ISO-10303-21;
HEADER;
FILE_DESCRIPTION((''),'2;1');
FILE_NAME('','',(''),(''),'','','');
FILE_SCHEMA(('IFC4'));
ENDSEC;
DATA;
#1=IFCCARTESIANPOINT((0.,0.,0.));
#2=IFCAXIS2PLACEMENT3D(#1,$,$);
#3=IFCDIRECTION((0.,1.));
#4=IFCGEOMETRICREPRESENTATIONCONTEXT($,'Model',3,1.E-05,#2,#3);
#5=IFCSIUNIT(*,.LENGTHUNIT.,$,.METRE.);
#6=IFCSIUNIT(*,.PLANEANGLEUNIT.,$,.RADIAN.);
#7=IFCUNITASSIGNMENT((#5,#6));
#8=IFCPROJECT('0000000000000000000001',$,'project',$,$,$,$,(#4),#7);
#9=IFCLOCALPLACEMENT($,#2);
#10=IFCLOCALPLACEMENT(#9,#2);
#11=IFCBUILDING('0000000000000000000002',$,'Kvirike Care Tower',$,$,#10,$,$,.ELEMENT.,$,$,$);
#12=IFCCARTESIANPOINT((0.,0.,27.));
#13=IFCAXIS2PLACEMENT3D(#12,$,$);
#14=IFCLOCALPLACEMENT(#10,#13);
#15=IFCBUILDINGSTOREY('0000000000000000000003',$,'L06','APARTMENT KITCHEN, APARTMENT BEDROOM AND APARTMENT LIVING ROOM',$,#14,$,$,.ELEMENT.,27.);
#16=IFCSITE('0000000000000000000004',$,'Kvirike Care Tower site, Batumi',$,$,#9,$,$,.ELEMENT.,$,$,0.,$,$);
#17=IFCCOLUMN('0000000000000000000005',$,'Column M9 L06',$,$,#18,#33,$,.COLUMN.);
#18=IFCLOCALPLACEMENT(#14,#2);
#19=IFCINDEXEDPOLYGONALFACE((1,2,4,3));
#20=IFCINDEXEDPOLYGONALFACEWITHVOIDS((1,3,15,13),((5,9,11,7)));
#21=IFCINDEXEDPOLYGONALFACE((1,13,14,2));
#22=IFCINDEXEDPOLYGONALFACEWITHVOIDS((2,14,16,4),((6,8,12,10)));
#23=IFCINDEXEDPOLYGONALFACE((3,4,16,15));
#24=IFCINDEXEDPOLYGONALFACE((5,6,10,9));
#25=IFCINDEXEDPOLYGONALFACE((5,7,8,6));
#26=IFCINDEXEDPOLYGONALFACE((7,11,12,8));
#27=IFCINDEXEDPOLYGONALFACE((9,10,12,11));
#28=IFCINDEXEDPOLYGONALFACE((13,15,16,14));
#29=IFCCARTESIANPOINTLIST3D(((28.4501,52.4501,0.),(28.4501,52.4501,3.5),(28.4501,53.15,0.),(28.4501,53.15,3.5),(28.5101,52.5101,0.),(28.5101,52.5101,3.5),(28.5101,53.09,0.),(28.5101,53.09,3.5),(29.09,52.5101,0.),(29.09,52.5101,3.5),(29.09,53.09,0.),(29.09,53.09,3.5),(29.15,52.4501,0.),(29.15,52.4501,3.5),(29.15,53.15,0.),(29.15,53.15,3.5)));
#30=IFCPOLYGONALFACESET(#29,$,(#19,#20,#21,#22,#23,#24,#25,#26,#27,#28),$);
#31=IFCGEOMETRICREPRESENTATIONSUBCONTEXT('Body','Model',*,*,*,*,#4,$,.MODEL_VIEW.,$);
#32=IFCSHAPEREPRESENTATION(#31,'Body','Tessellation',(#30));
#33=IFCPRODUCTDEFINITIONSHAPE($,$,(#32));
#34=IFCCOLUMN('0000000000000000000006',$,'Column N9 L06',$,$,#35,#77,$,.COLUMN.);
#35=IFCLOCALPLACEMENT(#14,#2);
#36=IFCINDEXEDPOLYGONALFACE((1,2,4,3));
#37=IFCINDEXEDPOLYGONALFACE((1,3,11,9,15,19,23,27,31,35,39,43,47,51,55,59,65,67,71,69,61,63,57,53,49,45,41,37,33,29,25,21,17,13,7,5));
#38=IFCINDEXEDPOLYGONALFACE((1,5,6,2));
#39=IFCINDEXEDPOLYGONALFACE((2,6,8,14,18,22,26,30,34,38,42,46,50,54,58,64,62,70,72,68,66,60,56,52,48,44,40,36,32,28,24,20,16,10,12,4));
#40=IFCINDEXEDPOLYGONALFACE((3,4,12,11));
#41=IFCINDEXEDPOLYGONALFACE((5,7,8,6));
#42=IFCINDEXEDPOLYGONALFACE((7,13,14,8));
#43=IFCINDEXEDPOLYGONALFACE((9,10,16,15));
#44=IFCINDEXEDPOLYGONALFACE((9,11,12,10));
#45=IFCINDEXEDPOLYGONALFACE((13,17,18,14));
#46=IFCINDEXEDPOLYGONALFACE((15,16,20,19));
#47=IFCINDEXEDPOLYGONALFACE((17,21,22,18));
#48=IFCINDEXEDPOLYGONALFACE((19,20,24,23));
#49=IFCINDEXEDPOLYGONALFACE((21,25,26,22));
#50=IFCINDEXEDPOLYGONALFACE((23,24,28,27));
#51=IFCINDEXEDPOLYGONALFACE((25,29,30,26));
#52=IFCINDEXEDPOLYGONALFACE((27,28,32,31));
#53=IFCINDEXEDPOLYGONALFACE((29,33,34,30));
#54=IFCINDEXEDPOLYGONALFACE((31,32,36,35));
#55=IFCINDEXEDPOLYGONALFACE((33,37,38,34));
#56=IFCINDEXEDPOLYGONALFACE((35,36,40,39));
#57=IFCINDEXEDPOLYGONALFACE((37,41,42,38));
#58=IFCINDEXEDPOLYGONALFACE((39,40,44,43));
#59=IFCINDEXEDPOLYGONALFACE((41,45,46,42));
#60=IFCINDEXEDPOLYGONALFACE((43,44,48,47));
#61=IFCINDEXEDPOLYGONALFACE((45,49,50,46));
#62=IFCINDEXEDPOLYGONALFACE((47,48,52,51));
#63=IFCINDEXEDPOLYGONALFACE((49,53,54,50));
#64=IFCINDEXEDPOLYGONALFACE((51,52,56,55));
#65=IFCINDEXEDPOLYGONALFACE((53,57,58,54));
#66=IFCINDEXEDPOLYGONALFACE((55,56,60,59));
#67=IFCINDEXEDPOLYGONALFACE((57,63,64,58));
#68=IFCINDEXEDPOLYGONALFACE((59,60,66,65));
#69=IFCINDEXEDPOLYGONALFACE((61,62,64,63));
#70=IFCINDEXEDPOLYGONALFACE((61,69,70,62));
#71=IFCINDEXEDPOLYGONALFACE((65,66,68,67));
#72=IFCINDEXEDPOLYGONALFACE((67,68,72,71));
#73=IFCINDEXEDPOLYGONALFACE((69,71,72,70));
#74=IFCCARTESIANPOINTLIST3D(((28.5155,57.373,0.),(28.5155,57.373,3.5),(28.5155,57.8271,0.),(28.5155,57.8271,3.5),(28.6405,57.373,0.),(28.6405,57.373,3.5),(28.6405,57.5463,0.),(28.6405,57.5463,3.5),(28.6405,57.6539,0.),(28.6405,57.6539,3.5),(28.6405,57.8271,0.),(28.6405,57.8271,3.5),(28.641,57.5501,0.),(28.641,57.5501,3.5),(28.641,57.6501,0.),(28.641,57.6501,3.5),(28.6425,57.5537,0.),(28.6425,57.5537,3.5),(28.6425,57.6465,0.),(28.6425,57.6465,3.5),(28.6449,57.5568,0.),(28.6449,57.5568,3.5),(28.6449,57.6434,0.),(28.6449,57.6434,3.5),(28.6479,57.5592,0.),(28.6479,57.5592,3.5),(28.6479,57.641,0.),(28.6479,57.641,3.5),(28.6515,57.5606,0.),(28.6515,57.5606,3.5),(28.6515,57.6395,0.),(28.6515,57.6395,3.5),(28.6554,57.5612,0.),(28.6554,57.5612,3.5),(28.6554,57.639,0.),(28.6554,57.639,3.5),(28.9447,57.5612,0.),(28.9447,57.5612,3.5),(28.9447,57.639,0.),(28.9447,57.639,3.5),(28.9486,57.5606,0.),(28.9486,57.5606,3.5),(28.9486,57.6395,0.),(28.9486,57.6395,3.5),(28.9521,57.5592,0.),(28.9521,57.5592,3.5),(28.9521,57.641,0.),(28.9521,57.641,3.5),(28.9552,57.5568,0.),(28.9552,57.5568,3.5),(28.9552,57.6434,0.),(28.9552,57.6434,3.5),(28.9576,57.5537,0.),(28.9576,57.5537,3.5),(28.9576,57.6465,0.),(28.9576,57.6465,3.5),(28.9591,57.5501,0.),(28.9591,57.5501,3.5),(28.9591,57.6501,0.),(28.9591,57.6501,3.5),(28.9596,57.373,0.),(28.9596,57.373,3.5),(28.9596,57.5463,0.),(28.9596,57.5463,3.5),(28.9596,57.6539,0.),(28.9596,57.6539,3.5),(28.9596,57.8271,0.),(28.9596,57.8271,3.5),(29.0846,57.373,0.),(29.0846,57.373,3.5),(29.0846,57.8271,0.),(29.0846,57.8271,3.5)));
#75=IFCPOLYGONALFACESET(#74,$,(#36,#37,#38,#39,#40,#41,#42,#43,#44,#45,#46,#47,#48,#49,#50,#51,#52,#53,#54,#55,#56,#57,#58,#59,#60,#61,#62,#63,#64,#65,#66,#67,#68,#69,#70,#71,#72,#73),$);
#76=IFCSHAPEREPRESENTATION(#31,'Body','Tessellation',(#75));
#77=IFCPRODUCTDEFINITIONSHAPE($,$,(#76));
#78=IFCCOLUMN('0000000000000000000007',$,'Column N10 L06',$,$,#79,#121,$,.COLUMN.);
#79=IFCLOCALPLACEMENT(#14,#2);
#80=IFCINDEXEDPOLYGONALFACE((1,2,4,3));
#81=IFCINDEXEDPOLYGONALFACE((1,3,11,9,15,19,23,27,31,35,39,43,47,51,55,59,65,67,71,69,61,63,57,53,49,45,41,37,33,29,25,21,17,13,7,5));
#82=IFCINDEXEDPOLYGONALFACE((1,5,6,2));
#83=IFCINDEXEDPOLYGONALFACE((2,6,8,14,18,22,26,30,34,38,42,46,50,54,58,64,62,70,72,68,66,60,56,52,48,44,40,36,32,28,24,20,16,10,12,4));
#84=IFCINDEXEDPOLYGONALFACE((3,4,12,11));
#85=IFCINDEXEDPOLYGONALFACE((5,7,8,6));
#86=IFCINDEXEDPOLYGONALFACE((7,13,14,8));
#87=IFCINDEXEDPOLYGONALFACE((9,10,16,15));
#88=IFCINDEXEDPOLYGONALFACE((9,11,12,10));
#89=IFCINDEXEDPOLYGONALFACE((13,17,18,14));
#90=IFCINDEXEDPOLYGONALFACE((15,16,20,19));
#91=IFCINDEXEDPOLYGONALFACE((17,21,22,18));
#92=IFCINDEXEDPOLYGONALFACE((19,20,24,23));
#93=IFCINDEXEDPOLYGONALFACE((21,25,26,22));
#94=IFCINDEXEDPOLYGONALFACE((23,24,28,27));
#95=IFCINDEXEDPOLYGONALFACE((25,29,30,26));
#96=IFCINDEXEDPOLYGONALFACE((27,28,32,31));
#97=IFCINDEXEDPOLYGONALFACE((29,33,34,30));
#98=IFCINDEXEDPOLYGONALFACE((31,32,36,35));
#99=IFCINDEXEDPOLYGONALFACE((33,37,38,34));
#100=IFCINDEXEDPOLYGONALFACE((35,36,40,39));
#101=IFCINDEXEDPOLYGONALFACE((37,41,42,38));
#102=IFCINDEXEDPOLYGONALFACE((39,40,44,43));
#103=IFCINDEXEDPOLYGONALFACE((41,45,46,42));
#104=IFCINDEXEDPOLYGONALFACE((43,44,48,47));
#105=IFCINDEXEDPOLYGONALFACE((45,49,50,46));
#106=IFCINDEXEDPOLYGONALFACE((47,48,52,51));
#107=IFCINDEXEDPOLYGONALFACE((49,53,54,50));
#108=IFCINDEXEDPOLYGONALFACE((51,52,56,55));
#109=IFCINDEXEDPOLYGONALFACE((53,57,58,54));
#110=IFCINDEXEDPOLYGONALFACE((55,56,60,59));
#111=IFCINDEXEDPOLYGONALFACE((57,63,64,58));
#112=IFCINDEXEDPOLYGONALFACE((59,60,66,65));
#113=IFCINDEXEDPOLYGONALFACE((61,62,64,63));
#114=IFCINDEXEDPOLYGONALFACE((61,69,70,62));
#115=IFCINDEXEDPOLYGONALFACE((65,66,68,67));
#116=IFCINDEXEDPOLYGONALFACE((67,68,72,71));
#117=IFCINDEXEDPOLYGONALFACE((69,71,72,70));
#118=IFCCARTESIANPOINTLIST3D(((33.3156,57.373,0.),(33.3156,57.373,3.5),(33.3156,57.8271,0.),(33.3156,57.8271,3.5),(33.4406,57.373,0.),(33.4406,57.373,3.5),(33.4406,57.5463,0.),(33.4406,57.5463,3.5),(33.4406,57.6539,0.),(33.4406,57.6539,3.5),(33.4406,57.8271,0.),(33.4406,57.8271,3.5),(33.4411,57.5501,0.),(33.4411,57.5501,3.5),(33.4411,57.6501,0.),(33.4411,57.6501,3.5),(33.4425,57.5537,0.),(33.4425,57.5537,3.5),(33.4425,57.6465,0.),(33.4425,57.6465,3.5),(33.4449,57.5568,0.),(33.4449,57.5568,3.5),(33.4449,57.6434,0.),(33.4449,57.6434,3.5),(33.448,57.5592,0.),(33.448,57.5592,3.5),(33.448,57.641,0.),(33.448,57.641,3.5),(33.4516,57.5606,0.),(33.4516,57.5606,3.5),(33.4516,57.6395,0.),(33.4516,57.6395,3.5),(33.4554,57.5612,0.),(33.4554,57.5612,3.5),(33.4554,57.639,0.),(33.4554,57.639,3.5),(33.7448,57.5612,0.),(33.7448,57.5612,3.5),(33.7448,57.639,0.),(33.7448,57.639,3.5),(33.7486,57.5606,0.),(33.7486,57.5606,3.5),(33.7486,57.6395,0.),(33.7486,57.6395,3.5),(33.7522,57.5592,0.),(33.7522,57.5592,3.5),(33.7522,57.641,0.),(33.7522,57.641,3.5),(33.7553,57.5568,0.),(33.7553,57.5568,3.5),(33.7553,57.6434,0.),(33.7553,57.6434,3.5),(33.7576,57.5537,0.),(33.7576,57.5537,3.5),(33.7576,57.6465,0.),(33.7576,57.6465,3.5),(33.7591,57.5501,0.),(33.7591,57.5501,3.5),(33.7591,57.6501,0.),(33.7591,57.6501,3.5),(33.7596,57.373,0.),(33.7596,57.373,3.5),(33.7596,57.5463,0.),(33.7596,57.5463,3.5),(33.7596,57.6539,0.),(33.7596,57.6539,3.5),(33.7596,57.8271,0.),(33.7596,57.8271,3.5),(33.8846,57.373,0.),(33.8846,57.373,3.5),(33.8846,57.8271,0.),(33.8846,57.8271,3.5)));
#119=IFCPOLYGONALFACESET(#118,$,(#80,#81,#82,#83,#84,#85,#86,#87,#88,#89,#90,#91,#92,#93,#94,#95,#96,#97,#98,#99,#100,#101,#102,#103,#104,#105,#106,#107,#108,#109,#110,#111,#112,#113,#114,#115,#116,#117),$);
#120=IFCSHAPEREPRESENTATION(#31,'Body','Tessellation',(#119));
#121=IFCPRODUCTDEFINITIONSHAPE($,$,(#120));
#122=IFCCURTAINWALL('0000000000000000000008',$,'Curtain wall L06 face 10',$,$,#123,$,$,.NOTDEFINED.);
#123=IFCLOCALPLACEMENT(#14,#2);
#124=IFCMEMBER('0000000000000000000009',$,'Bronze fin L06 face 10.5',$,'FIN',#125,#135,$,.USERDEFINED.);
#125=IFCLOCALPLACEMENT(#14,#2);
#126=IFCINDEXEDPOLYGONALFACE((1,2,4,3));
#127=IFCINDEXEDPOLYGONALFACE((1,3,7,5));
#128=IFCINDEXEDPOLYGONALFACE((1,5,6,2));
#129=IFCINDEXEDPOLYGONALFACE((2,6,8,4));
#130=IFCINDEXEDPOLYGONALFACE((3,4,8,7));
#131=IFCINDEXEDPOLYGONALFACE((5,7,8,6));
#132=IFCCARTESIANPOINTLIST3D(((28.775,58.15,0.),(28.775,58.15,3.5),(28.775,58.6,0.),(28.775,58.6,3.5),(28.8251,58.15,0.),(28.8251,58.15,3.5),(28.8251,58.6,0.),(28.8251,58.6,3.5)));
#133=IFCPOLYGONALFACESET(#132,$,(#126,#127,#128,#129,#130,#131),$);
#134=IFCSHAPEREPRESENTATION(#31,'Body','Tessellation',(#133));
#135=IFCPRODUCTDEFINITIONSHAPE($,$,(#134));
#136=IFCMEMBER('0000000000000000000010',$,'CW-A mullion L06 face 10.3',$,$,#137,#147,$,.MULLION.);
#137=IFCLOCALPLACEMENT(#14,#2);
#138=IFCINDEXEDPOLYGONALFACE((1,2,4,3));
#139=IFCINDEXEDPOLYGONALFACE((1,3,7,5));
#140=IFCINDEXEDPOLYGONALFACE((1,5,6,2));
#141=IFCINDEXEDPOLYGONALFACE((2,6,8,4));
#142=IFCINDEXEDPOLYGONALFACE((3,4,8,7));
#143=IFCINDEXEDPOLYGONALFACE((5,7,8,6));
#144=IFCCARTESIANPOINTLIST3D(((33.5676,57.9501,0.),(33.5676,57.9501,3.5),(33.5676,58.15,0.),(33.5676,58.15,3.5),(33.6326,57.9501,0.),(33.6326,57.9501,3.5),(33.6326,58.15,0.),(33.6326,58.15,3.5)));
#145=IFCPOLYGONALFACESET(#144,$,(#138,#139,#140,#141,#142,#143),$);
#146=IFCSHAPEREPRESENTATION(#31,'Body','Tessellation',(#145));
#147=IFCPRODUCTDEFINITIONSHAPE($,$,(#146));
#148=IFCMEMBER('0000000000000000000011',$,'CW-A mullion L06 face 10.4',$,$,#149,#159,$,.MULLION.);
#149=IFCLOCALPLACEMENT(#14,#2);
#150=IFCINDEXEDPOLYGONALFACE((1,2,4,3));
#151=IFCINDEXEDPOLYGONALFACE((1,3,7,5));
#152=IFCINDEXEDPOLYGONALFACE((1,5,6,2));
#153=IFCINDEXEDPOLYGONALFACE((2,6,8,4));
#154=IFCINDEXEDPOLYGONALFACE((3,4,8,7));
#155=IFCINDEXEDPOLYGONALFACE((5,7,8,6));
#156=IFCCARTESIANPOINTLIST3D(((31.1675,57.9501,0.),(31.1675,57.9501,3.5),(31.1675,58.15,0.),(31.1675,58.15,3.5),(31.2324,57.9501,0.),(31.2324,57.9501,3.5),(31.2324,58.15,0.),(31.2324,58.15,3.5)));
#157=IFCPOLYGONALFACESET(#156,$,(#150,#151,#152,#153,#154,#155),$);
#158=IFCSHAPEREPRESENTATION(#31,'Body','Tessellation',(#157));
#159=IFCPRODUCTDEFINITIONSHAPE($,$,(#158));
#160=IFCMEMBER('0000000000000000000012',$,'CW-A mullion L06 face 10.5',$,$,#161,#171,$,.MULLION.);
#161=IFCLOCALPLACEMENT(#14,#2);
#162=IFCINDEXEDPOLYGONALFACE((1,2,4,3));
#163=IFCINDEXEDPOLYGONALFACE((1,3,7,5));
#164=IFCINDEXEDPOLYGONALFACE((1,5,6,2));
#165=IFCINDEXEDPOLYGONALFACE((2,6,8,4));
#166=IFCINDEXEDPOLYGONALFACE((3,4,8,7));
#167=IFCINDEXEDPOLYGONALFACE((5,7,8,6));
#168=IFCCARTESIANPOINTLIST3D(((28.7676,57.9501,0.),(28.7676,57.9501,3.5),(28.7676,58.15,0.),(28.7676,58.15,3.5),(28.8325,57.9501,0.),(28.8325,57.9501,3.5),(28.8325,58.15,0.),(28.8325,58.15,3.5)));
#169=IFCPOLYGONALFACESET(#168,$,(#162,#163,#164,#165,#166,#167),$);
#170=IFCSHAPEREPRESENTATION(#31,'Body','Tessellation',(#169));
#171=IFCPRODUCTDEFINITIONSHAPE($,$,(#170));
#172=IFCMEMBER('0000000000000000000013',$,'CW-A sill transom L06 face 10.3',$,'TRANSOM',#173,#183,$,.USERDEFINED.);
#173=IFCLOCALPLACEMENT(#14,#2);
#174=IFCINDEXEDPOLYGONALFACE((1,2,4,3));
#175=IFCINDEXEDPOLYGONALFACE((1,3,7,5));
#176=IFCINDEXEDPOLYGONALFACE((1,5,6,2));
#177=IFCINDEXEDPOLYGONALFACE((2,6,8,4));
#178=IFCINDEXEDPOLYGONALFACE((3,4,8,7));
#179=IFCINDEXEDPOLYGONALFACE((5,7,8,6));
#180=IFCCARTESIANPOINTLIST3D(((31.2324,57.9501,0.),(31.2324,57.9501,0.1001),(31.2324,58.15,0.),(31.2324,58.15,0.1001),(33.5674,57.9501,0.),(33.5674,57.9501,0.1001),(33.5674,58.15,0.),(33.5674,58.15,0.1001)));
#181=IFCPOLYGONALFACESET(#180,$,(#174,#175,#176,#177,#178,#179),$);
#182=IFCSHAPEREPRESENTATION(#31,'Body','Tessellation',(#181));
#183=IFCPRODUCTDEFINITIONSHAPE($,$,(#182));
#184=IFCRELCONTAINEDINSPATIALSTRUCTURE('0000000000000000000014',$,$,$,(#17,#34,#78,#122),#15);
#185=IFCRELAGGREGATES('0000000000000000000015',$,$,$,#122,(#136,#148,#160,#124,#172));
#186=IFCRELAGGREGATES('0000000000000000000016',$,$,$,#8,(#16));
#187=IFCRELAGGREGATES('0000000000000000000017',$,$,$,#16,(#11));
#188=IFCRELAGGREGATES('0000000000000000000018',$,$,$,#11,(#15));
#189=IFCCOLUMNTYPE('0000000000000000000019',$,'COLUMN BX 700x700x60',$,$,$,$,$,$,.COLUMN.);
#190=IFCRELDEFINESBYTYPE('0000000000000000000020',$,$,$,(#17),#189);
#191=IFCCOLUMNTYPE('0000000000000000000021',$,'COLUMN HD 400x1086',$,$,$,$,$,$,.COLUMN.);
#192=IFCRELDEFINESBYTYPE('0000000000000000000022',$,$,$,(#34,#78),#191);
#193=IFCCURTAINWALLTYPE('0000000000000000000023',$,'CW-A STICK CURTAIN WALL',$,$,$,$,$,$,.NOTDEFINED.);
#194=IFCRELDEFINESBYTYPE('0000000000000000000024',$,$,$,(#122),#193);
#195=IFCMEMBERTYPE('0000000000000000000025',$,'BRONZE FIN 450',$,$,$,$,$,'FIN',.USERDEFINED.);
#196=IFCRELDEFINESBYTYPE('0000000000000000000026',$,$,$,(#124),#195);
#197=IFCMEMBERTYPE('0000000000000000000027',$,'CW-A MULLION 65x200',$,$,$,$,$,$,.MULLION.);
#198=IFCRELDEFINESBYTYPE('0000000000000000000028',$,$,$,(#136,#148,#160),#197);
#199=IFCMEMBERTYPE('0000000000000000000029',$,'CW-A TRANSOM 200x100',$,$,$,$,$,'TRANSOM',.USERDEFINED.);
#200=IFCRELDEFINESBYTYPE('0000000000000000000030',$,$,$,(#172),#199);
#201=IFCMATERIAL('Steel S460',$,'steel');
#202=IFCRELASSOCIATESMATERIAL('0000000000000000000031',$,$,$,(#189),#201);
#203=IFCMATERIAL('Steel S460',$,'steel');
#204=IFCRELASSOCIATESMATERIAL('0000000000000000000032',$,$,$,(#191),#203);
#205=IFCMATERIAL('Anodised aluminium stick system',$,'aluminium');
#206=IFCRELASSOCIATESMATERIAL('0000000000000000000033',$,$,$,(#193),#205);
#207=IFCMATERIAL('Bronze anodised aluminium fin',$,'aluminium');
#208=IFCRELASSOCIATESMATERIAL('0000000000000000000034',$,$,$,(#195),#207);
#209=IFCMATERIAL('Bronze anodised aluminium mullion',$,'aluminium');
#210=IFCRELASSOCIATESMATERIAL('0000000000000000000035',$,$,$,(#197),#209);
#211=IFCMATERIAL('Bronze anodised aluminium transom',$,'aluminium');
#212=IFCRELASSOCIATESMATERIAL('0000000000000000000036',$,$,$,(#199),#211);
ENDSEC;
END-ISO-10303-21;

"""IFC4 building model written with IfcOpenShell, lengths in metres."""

from ifc_helpers import new_model, si_unit, direction, frame, origin, origin_2d, place, context, subcontext, project, spatial, rectangle, hollow_rectangle, i_section, extrude, material, material_profile, profile_set, type_object, element, aggregate, save


model = new_model("IFC4")

# Units and contexts
model_context = context("Model", 3, precision=1e-05, world=origin(), true_north=direction((0.0, 1.0)))
body_context = subcontext(model_context, "Body", "Model", "MODEL_VIEW")
ifc_project = project(units=[si_unit("LENGTHUNIT", "METRE"), si_unit("PLANEANGLEUNIT", "RADIAN")], contexts=[model_context])

# Site, building, storey
site_placement = place(None, origin())
site = spatial("IfcSite", under=ifc_project, at=site_placement, Name="Kvirike Care Tower site, Batumi", CompositionType="ELEMENT", RefElevation=0.0)
building_placement = place(site_placement, origin())
building = spatial("IfcBuilding", under=site, at=building_placement, Name="Kvirike Care Tower", CompositionType="ELEMENT")
storey_placement = place(building_placement, frame((0.0, 0.0, 27.0)))
storey = spatial("IfcBuildingStorey", under=building, at=storey_placement, Name="L06", Description="APARTMENT KITCHEN, APARTMENT BEDROOM AND APARTMENT LIVING ROOM", CompositionType="ELEMENT", Elevation=27.0)

# Columns
ifc_material_1 = material(Name="Steel S460", Category="steel")
ifc_material_profile_1 = material_profile(ifc_material_1, hollow_rectangle(XDim=0.7, YDim=0.7, WallThickness=0.0601, at=origin_2d()), Name="BX 700x700x60")
ifc_profile_set_1 = profile_set([ifc_material_profile_1], Name="Steel S460")
column_type_1 = type_object("IfcColumnType", Name="COLUMN BX 700x700x60", PredefinedType="COLUMN", material=ifc_profile_set_1)
column_placement = place(storey_placement, frame((28.8, 52.8, 0.0), z_axis=(0.0, 0.0, 1.0), x_axis=(1.0, 0.0, 0.0)))
element("IfcColumn", 1, at=column_placement, inside=storey, type_object=column_type_1, Name="Column M9 L06", PredefinedType="COLUMN", context=body_context, shape_type="SweptSolid", body=[
    extrude(hollow_rectangle(XDim=0.7, YDim=0.7, WallThickness=0.0601, at=origin_2d()), origin(), (0.0, 0.0, 1.0), 3.5),
])
ifc_material_2 = material(Name="Steel S460", Category="steel")
ifc_material_profile_2 = material_profile(ifc_material_2, i_section(OverallWidth=0.4541, OverallDepth=0.5691, WebThickness=0.0779, FlangeThickness=0.125, FilletRadius=0.0149, at=origin_2d()), Name="HD 400x1086")
ifc_profile_set_2 = profile_set([ifc_material_profile_2], Name="Steel S460")
column_type_2 = type_object("IfcColumnType", Name="COLUMN HD 400x1086", PredefinedType="COLUMN", material=ifc_profile_set_2)
for number, where, z_axis, x_axis, name in (
    (2, (28.8, 57.6001, 0.0), (0.0, 0.0, 1.0), (0.0, 1.0, 0.0), "Column N9 L06"),
    (3, (33.6001, 57.6001, 0.0), (0.0, 0.0, 1.0), (0.0, 1.0, 0.0), "Column N10 L06"),
):
    element("IfcColumn", number, at=place(storey_placement, frame(where, z_axis=z_axis, x_axis=x_axis)), inside=storey, type_object=column_type_2, Name=name, PredefinedType="COLUMN", context=body_context, shape_type="SweptSolid", body=[
        extrude(i_section(OverallWidth=0.4541, OverallDepth=0.5691, WebThickness=0.0779, FlangeThickness=0.125, FilletRadius=0.0149, at=origin_2d()), origin(), (0.0, 0.0, 1.0), 3.5),
    ])

# Curtain wall, members
ifc_material_3 = material(Name="Anodised aluminium stick system", Category="aluminium")
curtain_wall_type = type_object("IfcCurtainWallType", Name="CW-A STICK CURTAIN WALL", PredefinedType="NOTDEFINED", material=ifc_material_3)
curtain_wall_placement = place(storey_placement, origin())
curtain_wall = element("IfcCurtainWall", 4, at=curtain_wall_placement, inside=storey, type_object=curtain_wall_type, Name="Curtain wall L06 face 10", PredefinedType="NOTDEFINED")
ifc_material_4 = material(Name="Bronze anodised aluminium fin", Category="aluminium")
ifc_material_profile_3 = material_profile(ifc_material_4, rectangle(XDim=0.05, YDim=0.45, at=origin_2d()), Name="BRONZE FIN 450")
ifc_profile_set_3 = profile_set([ifc_material_profile_3], Name="Bronze anodised aluminium fin")
member_type_1 = type_object("IfcMemberType", Name="BRONZE FIN 450", ElementType="FIN", PredefinedType="USERDEFINED", material=ifc_profile_set_3)
member_1_placement = place(storey_placement, frame((28.8, 58.375, 0.0), z_axis=(0.0, 0.0, 1.0), x_axis=(-1.0, 0.0, 0.0)))
member_1 = element("IfcMember", 5, at=member_1_placement, type_object=member_type_1, Name="Bronze fin L06 face 10.5", ObjectType="FIN", PredefinedType="USERDEFINED", context=body_context, shape_type="SweptSolid", body=[
    extrude(rectangle(XDim=0.05, YDim=0.45, at=origin_2d()), origin(), (0.0, 0.0, 1.0), 3.5),
])
ifc_material_5 = material(Name="Bronze anodised aluminium mullion", Category="aluminium")
ifc_material_profile_4 = material_profile(ifc_material_5, rectangle(XDim=0.0649, YDim=0.2, at=origin_2d()), Name="CW-A MULLION 65x200")
ifc_profile_set_4 = profile_set([ifc_material_profile_4], Name="Bronze anodised aluminium mullion")
member_type_2 = type_object("IfcMemberType", Name="CW-A MULLION 65x200", PredefinedType="MULLION", material=ifc_profile_set_4)
member_2_placement = place(storey_placement, frame((33.6001, 58.05, 0.0), z_axis=(0.0, 0.0, 1.0), x_axis=(-1.0, 0.0, 0.0)))
member_2 = element("IfcMember", 6, at=member_2_placement, type_object=member_type_2, Name="CW-A mullion L06 face 10.3", PredefinedType="MULLION", context=body_context, shape_type="SweptSolid", body=[
    extrude(rectangle(XDim=0.0649, YDim=0.2, at=origin_2d()), origin(), (0.0, 0.0, 1.0), 3.5),
])
member_3_placement = place(storey_placement, frame((31.2, 58.05, 0.0), z_axis=(0.0, 0.0, 1.0), x_axis=(-1.0, 0.0, 0.0)))
member_3 = element("IfcMember", 7, at=member_3_placement, type_object=member_type_2, Name="CW-A mullion L06 face 10.4", PredefinedType="MULLION", context=body_context, shape_type="SweptSolid", body=[
    extrude(rectangle(XDim=0.0649, YDim=0.2, at=origin_2d()), origin(), (0.0, 0.0, 1.0), 3.5),
])
member_4_placement = place(storey_placement, frame((28.8, 58.05, 0.0), z_axis=(0.0, 0.0, 1.0), x_axis=(-1.0, 0.0, 0.0)))
member_4 = element("IfcMember", 8, at=member_4_placement, type_object=member_type_2, Name="CW-A mullion L06 face 10.5", PredefinedType="MULLION", context=body_context, shape_type="SweptSolid", body=[
    extrude(rectangle(XDim=0.0649, YDim=0.2, at=origin_2d()), origin(), (0.0, 0.0, 1.0), 3.5),
])
ifc_material_6 = material(Name="Bronze anodised aluminium transom", Category="aluminium")
ifc_material_profile_5 = material_profile(ifc_material_6, rectangle(XDim=0.2, YDim=0.1001, at=origin_2d()), Name="CW-A TRANSOM 200x100")
ifc_profile_set_5 = profile_set([ifc_material_profile_5], Name="Bronze anodised aluminium transom")
member_type_3 = type_object("IfcMemberType", Name="CW-A TRANSOM 200x100", ElementType="TRANSOM", PredefinedType="USERDEFINED", material=ifc_profile_set_5)
member_5_placement = place(storey_placement, frame((33.5674, 58.05, 0.05), z_axis=(-1.0, 0.0, 0.0), x_axis=(0.0, -1.0, 0.0)))
member_5 = element("IfcMember", 9, at=member_5_placement, type_object=member_type_3, Name="CW-A sill transom L06 face 10.3", ObjectType="TRANSOM", PredefinedType="USERDEFINED", context=body_context, shape_type="SweptSolid", body=[
    extrude(rectangle(XDim=0.2, YDim=0.1001, at=origin_2d()), origin(), (0.0, 0.0, 1.0), 2.335),
])

aggregate(curtain_wall, [member_2, member_3, member_4, member_1, member_5])

save(model, "model.ifc")
